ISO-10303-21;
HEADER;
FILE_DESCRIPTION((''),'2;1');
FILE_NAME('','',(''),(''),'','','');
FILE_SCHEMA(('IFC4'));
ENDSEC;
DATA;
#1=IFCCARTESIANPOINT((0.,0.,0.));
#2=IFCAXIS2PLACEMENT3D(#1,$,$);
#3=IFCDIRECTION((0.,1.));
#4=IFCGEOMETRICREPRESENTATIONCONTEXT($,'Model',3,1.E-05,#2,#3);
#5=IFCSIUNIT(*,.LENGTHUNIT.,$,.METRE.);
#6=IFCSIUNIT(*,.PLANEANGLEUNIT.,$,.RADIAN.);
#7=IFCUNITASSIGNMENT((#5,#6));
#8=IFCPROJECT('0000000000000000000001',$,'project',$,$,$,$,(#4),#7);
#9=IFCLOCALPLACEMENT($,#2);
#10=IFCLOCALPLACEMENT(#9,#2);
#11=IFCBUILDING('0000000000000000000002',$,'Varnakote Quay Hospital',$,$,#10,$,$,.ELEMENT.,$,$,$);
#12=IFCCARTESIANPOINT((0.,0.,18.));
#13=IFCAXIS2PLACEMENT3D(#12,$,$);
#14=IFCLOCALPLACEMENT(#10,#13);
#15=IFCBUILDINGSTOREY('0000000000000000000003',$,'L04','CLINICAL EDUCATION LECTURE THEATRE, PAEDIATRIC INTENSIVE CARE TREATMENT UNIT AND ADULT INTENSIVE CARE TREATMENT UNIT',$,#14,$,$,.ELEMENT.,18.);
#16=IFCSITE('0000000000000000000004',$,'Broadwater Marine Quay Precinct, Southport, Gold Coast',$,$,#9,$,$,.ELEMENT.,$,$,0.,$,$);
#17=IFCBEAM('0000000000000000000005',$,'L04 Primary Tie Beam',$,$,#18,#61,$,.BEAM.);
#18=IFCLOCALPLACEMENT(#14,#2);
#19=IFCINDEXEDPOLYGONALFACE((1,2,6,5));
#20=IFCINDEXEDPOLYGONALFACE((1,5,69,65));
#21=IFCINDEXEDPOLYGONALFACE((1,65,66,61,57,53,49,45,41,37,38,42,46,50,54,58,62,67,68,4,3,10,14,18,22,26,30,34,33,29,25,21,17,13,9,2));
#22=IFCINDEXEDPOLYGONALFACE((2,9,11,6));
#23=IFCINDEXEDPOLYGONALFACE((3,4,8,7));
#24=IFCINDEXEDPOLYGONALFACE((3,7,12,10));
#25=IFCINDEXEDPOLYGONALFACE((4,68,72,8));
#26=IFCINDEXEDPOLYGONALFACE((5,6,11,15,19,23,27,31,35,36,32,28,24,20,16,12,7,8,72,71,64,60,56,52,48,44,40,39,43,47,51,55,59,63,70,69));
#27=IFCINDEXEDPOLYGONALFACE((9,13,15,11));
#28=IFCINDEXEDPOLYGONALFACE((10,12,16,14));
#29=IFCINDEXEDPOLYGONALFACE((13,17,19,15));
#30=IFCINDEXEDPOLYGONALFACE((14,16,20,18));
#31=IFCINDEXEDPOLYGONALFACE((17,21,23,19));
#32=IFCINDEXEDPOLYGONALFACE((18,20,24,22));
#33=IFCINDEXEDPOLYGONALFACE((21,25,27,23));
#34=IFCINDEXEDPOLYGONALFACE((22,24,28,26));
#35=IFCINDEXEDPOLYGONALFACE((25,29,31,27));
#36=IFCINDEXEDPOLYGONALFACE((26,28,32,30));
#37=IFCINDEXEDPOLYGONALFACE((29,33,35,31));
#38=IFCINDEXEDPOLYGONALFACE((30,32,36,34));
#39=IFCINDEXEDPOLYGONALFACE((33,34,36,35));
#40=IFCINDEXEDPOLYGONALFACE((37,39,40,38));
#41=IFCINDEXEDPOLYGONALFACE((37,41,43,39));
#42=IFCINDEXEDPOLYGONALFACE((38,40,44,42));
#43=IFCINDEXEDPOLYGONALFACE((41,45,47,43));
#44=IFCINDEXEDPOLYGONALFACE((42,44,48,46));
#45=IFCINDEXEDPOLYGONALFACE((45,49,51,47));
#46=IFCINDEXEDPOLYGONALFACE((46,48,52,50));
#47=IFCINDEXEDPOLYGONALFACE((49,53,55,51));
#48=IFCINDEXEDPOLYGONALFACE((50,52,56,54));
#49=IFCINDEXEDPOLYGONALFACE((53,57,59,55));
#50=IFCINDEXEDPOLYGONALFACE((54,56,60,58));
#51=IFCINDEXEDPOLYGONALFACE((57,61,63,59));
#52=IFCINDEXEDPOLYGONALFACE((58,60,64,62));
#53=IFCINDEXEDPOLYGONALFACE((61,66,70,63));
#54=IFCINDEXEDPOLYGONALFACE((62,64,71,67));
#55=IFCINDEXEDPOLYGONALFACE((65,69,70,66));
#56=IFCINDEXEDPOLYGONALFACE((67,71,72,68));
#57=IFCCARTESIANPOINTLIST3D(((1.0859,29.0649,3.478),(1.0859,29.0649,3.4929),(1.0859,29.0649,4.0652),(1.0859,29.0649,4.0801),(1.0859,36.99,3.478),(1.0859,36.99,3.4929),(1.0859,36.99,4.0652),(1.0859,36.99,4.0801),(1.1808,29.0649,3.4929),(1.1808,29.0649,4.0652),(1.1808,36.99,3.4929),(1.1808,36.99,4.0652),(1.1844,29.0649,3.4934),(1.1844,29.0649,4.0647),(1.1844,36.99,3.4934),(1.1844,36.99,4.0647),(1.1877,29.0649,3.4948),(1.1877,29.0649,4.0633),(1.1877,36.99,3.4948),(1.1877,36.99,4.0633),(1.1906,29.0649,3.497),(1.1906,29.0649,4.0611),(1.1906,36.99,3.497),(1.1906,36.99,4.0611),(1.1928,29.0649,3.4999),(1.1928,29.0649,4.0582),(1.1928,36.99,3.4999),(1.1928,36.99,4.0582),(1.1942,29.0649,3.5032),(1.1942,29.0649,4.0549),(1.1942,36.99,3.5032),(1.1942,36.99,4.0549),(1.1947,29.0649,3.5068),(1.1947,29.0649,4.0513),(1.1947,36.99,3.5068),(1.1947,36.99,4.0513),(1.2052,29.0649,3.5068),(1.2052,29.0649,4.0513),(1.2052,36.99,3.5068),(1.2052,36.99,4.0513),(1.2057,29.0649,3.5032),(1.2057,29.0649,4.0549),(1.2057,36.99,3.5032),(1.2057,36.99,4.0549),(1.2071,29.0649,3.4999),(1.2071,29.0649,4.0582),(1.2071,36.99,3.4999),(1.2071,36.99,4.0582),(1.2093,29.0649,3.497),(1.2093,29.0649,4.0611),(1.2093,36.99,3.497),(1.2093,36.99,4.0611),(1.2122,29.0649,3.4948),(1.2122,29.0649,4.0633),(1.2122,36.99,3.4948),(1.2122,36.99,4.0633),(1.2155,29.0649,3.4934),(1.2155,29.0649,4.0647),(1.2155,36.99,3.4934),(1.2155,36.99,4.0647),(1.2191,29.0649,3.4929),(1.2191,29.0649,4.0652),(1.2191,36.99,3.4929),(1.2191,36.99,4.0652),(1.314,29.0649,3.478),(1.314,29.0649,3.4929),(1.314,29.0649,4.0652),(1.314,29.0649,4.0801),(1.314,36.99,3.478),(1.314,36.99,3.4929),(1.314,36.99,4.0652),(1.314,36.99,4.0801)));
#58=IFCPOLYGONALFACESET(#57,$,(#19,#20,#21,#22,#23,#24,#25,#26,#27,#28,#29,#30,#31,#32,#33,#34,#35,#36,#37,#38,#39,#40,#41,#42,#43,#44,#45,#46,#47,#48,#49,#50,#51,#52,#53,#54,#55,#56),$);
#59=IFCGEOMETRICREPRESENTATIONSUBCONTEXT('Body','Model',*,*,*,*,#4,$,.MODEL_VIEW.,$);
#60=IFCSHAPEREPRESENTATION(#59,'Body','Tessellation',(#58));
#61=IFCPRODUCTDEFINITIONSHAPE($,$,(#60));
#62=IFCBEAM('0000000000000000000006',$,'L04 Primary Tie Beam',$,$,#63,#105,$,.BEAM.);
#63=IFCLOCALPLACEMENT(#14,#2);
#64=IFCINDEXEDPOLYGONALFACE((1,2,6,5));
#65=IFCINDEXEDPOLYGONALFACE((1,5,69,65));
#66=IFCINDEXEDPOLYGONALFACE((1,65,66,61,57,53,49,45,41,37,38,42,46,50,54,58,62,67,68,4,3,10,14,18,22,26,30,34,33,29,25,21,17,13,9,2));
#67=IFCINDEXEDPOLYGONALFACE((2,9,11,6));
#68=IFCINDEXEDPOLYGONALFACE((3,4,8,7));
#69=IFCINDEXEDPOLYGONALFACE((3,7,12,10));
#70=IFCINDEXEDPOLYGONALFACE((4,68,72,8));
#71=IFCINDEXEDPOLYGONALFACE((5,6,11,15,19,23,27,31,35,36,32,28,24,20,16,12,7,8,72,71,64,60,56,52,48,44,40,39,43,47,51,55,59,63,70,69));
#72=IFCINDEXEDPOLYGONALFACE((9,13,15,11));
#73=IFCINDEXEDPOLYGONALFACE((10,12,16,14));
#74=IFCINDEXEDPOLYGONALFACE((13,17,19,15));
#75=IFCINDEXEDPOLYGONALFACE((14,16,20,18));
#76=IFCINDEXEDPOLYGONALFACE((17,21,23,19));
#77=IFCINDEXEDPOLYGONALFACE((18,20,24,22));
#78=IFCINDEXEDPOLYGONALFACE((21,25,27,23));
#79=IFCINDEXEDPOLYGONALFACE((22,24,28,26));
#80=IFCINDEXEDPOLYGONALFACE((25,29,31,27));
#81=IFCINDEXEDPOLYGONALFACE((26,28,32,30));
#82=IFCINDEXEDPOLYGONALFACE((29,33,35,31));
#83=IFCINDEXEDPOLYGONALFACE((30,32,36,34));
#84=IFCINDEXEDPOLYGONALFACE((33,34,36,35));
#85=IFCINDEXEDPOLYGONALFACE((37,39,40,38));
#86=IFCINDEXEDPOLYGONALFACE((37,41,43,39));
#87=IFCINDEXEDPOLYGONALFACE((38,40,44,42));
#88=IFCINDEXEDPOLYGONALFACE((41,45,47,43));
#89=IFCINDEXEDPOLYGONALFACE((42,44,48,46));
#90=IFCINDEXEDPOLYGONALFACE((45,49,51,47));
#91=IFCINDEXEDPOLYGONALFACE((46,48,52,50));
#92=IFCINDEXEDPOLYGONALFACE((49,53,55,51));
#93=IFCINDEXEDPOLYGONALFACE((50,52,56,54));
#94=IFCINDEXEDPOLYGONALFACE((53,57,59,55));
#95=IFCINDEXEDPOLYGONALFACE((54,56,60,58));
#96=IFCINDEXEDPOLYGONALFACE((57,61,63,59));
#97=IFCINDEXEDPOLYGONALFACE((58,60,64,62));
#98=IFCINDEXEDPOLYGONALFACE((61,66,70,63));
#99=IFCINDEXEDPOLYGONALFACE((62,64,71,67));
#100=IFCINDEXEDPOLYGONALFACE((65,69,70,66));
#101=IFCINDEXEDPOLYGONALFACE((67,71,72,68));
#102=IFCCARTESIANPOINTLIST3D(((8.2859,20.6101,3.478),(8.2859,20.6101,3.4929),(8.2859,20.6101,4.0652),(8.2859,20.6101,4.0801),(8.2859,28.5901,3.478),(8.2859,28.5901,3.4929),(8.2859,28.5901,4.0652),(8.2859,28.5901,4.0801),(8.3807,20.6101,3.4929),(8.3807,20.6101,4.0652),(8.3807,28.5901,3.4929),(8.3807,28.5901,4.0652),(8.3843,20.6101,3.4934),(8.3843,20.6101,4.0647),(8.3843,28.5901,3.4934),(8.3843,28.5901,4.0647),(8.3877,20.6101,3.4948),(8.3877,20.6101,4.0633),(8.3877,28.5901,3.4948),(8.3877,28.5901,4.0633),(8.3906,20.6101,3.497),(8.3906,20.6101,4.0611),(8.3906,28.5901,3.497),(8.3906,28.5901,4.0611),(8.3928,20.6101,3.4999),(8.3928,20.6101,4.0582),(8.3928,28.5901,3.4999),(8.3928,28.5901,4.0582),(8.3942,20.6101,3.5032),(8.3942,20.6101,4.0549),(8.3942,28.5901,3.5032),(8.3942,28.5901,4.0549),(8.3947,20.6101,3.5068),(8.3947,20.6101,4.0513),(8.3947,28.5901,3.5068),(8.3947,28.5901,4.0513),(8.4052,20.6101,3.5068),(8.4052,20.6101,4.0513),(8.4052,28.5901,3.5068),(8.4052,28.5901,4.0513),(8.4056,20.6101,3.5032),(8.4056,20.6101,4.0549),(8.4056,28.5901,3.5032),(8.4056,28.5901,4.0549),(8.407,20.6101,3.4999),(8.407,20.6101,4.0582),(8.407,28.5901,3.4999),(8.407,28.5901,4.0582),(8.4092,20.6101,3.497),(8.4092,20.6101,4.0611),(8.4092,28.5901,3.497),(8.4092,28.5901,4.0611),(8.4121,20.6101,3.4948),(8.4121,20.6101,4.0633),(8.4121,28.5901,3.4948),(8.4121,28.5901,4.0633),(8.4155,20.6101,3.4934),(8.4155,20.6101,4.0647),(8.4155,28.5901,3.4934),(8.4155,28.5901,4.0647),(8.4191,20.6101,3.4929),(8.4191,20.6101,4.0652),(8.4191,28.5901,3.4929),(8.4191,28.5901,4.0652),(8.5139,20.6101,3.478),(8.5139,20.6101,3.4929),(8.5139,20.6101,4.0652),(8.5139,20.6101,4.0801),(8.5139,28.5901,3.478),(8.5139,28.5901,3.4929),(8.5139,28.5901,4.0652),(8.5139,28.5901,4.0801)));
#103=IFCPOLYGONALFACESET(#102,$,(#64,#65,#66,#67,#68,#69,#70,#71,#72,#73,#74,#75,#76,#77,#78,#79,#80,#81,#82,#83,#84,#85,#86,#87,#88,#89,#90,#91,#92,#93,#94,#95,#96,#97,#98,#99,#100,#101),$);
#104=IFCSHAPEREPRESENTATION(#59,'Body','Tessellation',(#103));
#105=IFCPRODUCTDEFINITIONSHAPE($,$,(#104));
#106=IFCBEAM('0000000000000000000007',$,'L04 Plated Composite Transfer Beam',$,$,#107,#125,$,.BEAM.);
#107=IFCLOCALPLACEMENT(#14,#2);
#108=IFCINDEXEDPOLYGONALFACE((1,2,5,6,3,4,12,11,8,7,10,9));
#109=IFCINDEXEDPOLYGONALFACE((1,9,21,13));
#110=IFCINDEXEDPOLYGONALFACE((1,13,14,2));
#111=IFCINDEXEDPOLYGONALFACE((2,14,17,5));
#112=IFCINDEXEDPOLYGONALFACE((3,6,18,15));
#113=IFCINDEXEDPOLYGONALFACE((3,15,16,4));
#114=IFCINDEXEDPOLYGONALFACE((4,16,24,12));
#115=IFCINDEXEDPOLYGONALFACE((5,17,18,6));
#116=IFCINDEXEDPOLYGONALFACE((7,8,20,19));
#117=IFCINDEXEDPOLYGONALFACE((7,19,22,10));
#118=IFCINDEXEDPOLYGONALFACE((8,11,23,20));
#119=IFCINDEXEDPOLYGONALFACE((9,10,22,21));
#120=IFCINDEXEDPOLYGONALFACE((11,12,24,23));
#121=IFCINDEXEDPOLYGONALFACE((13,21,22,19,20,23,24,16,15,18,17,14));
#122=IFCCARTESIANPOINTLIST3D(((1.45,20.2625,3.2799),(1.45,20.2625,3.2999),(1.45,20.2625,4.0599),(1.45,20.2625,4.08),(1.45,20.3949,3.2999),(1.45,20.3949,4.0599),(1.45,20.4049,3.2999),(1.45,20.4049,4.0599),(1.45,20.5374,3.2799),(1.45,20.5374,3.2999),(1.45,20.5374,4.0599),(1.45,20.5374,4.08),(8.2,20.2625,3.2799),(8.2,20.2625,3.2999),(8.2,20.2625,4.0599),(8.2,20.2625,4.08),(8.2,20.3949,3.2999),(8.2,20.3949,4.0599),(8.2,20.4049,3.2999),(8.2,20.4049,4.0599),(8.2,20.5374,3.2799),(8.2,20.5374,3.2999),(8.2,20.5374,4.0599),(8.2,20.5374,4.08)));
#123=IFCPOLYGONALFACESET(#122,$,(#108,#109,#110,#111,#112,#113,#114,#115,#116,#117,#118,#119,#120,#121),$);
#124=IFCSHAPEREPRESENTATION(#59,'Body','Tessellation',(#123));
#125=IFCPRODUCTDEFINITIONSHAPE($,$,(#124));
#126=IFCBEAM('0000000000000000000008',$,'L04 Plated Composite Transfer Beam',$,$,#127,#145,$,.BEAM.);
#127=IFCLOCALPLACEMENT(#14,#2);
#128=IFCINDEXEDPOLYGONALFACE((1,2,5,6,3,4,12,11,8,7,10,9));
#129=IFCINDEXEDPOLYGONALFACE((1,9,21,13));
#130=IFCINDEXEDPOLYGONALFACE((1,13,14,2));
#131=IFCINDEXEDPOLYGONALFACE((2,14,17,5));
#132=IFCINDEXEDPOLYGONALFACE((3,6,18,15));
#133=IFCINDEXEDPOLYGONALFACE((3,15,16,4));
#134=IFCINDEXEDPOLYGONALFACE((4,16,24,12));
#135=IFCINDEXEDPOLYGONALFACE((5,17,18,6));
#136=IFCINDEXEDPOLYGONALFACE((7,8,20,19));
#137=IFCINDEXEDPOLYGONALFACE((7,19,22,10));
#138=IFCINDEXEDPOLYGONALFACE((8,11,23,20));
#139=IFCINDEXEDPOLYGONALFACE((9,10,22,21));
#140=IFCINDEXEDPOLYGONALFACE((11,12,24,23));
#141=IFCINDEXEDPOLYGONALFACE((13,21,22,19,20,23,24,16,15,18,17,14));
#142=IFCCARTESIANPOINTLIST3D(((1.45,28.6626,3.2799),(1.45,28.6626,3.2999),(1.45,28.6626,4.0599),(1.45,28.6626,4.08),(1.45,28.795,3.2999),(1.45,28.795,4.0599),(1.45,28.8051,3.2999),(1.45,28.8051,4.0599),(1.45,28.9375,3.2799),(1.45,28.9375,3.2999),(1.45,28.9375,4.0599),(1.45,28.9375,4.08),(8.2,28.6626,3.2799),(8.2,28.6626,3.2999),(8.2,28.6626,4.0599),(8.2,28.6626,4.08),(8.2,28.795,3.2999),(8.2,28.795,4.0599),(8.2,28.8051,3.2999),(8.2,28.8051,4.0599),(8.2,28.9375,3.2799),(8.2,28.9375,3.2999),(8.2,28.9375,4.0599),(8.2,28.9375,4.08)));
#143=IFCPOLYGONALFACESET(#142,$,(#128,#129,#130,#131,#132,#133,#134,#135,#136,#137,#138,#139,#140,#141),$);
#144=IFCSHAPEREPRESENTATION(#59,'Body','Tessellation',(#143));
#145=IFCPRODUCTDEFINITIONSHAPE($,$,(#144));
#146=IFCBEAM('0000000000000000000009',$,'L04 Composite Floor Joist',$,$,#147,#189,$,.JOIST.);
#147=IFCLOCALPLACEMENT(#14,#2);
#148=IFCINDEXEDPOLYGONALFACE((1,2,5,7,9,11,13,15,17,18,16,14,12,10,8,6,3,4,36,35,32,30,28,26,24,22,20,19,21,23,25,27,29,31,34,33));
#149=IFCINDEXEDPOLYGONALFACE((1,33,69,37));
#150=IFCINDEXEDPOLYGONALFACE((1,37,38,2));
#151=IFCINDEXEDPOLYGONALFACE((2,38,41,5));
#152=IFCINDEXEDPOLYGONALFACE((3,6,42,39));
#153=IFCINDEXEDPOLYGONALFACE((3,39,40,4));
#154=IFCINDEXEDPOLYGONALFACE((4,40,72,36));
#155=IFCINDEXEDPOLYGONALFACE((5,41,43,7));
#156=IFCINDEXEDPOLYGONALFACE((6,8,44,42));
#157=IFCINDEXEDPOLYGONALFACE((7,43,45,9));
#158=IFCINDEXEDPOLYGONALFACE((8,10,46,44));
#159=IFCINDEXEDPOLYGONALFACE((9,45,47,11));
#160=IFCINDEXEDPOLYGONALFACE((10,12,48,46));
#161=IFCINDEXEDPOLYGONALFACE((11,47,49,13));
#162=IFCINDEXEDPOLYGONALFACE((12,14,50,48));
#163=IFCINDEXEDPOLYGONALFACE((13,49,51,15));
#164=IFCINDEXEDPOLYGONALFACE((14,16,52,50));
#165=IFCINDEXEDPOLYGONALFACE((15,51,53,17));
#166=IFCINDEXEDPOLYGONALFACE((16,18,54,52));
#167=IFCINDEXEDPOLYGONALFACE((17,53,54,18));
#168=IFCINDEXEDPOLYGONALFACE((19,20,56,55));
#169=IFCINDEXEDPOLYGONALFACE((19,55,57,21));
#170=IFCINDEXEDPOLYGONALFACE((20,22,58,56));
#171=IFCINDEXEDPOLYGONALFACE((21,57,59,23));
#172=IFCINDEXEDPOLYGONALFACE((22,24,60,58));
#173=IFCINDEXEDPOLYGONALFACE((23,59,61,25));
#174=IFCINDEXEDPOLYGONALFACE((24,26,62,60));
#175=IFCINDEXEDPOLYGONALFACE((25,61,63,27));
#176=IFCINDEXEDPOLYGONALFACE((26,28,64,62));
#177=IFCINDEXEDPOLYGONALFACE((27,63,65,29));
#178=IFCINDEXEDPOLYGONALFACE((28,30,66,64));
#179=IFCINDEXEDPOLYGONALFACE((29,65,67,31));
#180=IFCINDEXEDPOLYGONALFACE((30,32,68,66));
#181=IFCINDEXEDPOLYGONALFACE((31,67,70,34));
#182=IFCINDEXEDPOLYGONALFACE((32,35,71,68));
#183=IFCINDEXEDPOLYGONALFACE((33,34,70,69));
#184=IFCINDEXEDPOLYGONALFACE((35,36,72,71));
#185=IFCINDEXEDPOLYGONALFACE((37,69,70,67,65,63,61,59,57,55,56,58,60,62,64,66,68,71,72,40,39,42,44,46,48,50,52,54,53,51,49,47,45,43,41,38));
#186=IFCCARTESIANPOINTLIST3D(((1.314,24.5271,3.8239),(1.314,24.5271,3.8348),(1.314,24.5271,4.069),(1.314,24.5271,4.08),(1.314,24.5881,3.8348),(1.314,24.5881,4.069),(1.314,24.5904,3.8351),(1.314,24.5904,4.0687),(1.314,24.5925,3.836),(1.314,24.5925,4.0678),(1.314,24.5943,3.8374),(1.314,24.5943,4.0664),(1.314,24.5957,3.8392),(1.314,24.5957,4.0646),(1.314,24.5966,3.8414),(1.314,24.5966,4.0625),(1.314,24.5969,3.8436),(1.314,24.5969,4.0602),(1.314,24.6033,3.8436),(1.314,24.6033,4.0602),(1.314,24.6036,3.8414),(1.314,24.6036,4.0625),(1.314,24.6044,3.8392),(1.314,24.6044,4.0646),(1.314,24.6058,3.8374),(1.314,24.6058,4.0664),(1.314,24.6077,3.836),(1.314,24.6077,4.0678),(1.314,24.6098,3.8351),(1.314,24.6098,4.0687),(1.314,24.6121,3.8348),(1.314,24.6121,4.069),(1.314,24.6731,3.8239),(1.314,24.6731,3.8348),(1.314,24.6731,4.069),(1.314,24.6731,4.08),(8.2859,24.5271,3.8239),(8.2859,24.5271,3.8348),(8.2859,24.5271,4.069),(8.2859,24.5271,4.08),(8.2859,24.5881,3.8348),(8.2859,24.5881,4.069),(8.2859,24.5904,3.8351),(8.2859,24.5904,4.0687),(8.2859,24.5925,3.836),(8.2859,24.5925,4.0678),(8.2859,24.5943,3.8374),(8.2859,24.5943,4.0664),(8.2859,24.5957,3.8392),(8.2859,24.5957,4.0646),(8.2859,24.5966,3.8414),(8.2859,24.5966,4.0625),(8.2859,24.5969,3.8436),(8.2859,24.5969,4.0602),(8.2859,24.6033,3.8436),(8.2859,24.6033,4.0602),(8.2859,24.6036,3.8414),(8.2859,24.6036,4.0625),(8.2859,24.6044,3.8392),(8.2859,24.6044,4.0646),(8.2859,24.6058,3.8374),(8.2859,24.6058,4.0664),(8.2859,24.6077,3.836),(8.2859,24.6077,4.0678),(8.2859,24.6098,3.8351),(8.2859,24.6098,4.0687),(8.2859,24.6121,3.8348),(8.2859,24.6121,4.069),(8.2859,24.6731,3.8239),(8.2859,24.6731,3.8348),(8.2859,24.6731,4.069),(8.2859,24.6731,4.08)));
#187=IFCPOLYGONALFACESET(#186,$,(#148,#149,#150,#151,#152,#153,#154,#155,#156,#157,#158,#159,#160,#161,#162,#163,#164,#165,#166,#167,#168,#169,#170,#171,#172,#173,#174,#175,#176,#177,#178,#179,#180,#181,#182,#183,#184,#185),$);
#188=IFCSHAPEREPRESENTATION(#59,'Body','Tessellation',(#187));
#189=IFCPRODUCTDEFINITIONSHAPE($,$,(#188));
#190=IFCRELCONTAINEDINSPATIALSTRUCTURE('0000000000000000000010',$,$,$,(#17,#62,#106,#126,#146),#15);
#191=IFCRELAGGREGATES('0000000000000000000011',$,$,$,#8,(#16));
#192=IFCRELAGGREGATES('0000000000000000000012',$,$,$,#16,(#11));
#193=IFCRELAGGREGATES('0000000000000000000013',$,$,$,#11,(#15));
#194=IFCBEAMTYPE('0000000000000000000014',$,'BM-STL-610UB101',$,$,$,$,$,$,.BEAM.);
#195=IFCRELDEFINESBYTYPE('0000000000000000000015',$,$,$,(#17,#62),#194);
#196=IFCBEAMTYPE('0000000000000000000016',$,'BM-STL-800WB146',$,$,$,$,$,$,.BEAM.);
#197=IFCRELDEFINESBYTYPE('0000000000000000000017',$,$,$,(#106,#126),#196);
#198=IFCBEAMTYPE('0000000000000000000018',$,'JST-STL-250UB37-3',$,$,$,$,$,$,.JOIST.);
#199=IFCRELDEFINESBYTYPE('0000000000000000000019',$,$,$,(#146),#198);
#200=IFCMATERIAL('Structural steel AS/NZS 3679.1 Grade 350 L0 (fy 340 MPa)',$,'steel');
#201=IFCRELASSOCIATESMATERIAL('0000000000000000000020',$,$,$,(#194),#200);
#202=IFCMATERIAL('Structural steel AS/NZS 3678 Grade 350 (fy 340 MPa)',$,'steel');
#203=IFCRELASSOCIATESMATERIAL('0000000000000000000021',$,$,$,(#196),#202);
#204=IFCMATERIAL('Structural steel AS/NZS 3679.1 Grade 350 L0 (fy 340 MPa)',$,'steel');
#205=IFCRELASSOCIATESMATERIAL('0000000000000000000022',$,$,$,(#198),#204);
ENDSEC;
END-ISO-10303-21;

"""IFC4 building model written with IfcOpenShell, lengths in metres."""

from ifc_helpers import new_model, si_unit, direction, frame, origin, origin_2d, place, context, subcontext, project, spatial, i_section, extrude, material, material_profile, profile_set, type_object, element, save


model = new_model("IFC4")

# Units and contexts
model_context = context("Model", 3, precision=1e-05, world=origin(), true_north=direction((0.0, 1.0)))
body_context = subcontext(model_context, "Body", "Model", "MODEL_VIEW")
ifc_project = project(units=[si_unit("LENGTHUNIT", "METRE"), si_unit("PLANEANGLEUNIT", "RADIAN")], contexts=[model_context])

# Site, building, storey
site_placement = place(None, origin())
site = spatial("IfcSite", under=ifc_project, at=site_placement, Name="Broadwater Marine Quay Precinct, Southport, Gold Coast", CompositionType="ELEMENT", RefElevation=0.0)
building_placement = place(site_placement, origin())
building = spatial("IfcBuilding", under=site, at=building_placement, Name="Varnakote Quay Hospital", CompositionType="ELEMENT")
storey_placement = place(building_placement, frame((0.0, 0.0, 18.0)))
storey = spatial("IfcBuildingStorey", under=building, at=storey_placement, Name="L04", Description="CLINICAL EDUCATION LECTURE THEATRE, PAEDIATRIC INTENSIVE CARE TREATMENT UNIT AND ADULT INTENSIVE CARE TREATMENT UNIT", CompositionType="ELEMENT", Elevation=18.0)

# Beams
ifc_material_1 = material(Name="Structural steel AS/NZS 3679.1 Grade 350 L0 (fy 340 MPa)", Category="steel")
ifc_material_profile_1 = material_profile(ifc_material_1, i_section(OverallWidth=0.228, OverallDepth=0.6021, WebThickness=0.0105, FlangeThickness=0.0149, FilletRadius=0.0139, at=origin_2d()), Name="610UB101")
ifc_profile_set_1 = profile_set([ifc_material_profile_1], Name="Structural steel AS/NZS 3679.1 Grade 350 L0 (fy 340 MPa)")
beam_type_1 = type_object("IfcBeamType", Name="BM-STL-610UB101", PredefinedType="BEAM", material=ifc_profile_set_1)
beam_1_placement = place(storey_placement, frame((1.2, 29.0649, 3.7791), z_axis=(0.0, 1.0, 0.0), x_axis=(-1.0, 0.0, 0.0)))
element("IfcBeam", 1, at=beam_1_placement, inside=storey, type_object=beam_type_1, Name="L04 Primary Tie Beam", PredefinedType="BEAM", context=body_context, shape_type="SweptSolid", body=[
    extrude(i_section(OverallWidth=0.228, OverallDepth=0.6021, WebThickness=0.0105, FlangeThickness=0.0149, FilletRadius=0.0139, at=origin_2d()), origin(), (0.0, 0.0, 1.0), 7.925),
])
beam_2_placement = place(storey_placement, frame((8.3999, 20.6101, 3.7791), z_axis=(0.0, 1.0, 0.0), x_axis=(-1.0, 0.0, 0.0)))
element("IfcBeam", 2, at=beam_2_placement, inside=storey, type_object=beam_type_1, Name="L04 Primary Tie Beam", PredefinedType="BEAM", context=body_context, shape_type="SweptSolid", body=[
    extrude(i_section(OverallWidth=0.228, OverallDepth=0.6021, WebThickness=0.0105, FlangeThickness=0.0149, FilletRadius=0.0139, at=origin_2d()), origin(), (0.0, 0.0, 1.0), 7.98),
])
ifc_material_2 = material(Name="Structural steel AS/NZS 3678 Grade 350 (fy 340 MPa)", Category="steel")
ifc_material_profile_2 = material_profile(ifc_material_2, i_section(OverallWidth=0.2749, OverallDepth=0.8, WebThickness=0.01, FlangeThickness=0.02, at=origin_2d()), Name="800WB146")
ifc_profile_set_2 = profile_set([ifc_material_profile_2], Name="Structural steel AS/NZS 3678 Grade 350 (fy 340 MPa)")
beam_type_2 = type_object("IfcBeamType", Name="BM-STL-800WB146", PredefinedType="BEAM", material=ifc_profile_set_2)
for number, where, z_axis, x_axis, name in (
    (3, (1.45, 20.3999, 3.6799), (1.0, 0.0, 0.0), (0.0, 1.0, 0.0), "L04 Plated Composite Transfer Beam"),
    (4, (1.45, 28.8, 3.6799), (1.0, 0.0, 0.0), (0.0, 1.0, 0.0), "L04 Plated Composite Transfer Beam"),
):
    element("IfcBeam", number, at=place(storey_placement, frame(where, z_axis=z_axis, x_axis=x_axis)), inside=storey, type_object=beam_type_2, Name=name, PredefinedType="BEAM", context=body_context, shape_type="SweptSolid", body=[
        extrude(i_section(OverallWidth=0.2749, OverallDepth=0.8, WebThickness=0.01, FlangeThickness=0.02, at=origin_2d()), origin(), (0.0, 0.0, 1.0), 6.75),
    ])
ifc_material_3 = material(Name="Structural steel AS/NZS 3679.1 Grade 350 L0 (fy 340 MPa)", Category="steel")
ifc_material_profile_3 = material_profile(ifc_material_3, i_section(OverallWidth=0.146, OverallDepth=0.2561, WebThickness=0.0063, FlangeThickness=0.011, FilletRadius=0.0088, at=origin_2d()), Name="250UB37.3")
ifc_profile_set_3 = profile_set([ifc_material_profile_3], Name="Structural steel AS/NZS 3679.1 Grade 350 L0 (fy 340 MPa)")
beam_type_3 = type_object("IfcBeamType", Name="JST-STL-250UB37-3", PredefinedType="JOIST", material=ifc_profile_set_3)
beam_3_placement = place(storey_placement, frame((1.314, 24.6001, 3.9519), z_axis=(1.0, 0.0, 0.0), x_axis=(0.0, 1.0, 0.0)))
element("IfcBeam", 5, at=beam_3_placement, inside=storey, type_object=beam_type_3, Name="L04 Composite Floor Joist", PredefinedType="JOIST", context=body_context, shape_type="SweptSolid", body=[
    extrude(i_section(OverallWidth=0.146, OverallDepth=0.2561, WebThickness=0.0063, FlangeThickness=0.011, FilletRadius=0.0088, at=origin_2d()), origin(), (0.0, 0.0, 1.0), 6.9719),
])

save(model, "model.ifc")
